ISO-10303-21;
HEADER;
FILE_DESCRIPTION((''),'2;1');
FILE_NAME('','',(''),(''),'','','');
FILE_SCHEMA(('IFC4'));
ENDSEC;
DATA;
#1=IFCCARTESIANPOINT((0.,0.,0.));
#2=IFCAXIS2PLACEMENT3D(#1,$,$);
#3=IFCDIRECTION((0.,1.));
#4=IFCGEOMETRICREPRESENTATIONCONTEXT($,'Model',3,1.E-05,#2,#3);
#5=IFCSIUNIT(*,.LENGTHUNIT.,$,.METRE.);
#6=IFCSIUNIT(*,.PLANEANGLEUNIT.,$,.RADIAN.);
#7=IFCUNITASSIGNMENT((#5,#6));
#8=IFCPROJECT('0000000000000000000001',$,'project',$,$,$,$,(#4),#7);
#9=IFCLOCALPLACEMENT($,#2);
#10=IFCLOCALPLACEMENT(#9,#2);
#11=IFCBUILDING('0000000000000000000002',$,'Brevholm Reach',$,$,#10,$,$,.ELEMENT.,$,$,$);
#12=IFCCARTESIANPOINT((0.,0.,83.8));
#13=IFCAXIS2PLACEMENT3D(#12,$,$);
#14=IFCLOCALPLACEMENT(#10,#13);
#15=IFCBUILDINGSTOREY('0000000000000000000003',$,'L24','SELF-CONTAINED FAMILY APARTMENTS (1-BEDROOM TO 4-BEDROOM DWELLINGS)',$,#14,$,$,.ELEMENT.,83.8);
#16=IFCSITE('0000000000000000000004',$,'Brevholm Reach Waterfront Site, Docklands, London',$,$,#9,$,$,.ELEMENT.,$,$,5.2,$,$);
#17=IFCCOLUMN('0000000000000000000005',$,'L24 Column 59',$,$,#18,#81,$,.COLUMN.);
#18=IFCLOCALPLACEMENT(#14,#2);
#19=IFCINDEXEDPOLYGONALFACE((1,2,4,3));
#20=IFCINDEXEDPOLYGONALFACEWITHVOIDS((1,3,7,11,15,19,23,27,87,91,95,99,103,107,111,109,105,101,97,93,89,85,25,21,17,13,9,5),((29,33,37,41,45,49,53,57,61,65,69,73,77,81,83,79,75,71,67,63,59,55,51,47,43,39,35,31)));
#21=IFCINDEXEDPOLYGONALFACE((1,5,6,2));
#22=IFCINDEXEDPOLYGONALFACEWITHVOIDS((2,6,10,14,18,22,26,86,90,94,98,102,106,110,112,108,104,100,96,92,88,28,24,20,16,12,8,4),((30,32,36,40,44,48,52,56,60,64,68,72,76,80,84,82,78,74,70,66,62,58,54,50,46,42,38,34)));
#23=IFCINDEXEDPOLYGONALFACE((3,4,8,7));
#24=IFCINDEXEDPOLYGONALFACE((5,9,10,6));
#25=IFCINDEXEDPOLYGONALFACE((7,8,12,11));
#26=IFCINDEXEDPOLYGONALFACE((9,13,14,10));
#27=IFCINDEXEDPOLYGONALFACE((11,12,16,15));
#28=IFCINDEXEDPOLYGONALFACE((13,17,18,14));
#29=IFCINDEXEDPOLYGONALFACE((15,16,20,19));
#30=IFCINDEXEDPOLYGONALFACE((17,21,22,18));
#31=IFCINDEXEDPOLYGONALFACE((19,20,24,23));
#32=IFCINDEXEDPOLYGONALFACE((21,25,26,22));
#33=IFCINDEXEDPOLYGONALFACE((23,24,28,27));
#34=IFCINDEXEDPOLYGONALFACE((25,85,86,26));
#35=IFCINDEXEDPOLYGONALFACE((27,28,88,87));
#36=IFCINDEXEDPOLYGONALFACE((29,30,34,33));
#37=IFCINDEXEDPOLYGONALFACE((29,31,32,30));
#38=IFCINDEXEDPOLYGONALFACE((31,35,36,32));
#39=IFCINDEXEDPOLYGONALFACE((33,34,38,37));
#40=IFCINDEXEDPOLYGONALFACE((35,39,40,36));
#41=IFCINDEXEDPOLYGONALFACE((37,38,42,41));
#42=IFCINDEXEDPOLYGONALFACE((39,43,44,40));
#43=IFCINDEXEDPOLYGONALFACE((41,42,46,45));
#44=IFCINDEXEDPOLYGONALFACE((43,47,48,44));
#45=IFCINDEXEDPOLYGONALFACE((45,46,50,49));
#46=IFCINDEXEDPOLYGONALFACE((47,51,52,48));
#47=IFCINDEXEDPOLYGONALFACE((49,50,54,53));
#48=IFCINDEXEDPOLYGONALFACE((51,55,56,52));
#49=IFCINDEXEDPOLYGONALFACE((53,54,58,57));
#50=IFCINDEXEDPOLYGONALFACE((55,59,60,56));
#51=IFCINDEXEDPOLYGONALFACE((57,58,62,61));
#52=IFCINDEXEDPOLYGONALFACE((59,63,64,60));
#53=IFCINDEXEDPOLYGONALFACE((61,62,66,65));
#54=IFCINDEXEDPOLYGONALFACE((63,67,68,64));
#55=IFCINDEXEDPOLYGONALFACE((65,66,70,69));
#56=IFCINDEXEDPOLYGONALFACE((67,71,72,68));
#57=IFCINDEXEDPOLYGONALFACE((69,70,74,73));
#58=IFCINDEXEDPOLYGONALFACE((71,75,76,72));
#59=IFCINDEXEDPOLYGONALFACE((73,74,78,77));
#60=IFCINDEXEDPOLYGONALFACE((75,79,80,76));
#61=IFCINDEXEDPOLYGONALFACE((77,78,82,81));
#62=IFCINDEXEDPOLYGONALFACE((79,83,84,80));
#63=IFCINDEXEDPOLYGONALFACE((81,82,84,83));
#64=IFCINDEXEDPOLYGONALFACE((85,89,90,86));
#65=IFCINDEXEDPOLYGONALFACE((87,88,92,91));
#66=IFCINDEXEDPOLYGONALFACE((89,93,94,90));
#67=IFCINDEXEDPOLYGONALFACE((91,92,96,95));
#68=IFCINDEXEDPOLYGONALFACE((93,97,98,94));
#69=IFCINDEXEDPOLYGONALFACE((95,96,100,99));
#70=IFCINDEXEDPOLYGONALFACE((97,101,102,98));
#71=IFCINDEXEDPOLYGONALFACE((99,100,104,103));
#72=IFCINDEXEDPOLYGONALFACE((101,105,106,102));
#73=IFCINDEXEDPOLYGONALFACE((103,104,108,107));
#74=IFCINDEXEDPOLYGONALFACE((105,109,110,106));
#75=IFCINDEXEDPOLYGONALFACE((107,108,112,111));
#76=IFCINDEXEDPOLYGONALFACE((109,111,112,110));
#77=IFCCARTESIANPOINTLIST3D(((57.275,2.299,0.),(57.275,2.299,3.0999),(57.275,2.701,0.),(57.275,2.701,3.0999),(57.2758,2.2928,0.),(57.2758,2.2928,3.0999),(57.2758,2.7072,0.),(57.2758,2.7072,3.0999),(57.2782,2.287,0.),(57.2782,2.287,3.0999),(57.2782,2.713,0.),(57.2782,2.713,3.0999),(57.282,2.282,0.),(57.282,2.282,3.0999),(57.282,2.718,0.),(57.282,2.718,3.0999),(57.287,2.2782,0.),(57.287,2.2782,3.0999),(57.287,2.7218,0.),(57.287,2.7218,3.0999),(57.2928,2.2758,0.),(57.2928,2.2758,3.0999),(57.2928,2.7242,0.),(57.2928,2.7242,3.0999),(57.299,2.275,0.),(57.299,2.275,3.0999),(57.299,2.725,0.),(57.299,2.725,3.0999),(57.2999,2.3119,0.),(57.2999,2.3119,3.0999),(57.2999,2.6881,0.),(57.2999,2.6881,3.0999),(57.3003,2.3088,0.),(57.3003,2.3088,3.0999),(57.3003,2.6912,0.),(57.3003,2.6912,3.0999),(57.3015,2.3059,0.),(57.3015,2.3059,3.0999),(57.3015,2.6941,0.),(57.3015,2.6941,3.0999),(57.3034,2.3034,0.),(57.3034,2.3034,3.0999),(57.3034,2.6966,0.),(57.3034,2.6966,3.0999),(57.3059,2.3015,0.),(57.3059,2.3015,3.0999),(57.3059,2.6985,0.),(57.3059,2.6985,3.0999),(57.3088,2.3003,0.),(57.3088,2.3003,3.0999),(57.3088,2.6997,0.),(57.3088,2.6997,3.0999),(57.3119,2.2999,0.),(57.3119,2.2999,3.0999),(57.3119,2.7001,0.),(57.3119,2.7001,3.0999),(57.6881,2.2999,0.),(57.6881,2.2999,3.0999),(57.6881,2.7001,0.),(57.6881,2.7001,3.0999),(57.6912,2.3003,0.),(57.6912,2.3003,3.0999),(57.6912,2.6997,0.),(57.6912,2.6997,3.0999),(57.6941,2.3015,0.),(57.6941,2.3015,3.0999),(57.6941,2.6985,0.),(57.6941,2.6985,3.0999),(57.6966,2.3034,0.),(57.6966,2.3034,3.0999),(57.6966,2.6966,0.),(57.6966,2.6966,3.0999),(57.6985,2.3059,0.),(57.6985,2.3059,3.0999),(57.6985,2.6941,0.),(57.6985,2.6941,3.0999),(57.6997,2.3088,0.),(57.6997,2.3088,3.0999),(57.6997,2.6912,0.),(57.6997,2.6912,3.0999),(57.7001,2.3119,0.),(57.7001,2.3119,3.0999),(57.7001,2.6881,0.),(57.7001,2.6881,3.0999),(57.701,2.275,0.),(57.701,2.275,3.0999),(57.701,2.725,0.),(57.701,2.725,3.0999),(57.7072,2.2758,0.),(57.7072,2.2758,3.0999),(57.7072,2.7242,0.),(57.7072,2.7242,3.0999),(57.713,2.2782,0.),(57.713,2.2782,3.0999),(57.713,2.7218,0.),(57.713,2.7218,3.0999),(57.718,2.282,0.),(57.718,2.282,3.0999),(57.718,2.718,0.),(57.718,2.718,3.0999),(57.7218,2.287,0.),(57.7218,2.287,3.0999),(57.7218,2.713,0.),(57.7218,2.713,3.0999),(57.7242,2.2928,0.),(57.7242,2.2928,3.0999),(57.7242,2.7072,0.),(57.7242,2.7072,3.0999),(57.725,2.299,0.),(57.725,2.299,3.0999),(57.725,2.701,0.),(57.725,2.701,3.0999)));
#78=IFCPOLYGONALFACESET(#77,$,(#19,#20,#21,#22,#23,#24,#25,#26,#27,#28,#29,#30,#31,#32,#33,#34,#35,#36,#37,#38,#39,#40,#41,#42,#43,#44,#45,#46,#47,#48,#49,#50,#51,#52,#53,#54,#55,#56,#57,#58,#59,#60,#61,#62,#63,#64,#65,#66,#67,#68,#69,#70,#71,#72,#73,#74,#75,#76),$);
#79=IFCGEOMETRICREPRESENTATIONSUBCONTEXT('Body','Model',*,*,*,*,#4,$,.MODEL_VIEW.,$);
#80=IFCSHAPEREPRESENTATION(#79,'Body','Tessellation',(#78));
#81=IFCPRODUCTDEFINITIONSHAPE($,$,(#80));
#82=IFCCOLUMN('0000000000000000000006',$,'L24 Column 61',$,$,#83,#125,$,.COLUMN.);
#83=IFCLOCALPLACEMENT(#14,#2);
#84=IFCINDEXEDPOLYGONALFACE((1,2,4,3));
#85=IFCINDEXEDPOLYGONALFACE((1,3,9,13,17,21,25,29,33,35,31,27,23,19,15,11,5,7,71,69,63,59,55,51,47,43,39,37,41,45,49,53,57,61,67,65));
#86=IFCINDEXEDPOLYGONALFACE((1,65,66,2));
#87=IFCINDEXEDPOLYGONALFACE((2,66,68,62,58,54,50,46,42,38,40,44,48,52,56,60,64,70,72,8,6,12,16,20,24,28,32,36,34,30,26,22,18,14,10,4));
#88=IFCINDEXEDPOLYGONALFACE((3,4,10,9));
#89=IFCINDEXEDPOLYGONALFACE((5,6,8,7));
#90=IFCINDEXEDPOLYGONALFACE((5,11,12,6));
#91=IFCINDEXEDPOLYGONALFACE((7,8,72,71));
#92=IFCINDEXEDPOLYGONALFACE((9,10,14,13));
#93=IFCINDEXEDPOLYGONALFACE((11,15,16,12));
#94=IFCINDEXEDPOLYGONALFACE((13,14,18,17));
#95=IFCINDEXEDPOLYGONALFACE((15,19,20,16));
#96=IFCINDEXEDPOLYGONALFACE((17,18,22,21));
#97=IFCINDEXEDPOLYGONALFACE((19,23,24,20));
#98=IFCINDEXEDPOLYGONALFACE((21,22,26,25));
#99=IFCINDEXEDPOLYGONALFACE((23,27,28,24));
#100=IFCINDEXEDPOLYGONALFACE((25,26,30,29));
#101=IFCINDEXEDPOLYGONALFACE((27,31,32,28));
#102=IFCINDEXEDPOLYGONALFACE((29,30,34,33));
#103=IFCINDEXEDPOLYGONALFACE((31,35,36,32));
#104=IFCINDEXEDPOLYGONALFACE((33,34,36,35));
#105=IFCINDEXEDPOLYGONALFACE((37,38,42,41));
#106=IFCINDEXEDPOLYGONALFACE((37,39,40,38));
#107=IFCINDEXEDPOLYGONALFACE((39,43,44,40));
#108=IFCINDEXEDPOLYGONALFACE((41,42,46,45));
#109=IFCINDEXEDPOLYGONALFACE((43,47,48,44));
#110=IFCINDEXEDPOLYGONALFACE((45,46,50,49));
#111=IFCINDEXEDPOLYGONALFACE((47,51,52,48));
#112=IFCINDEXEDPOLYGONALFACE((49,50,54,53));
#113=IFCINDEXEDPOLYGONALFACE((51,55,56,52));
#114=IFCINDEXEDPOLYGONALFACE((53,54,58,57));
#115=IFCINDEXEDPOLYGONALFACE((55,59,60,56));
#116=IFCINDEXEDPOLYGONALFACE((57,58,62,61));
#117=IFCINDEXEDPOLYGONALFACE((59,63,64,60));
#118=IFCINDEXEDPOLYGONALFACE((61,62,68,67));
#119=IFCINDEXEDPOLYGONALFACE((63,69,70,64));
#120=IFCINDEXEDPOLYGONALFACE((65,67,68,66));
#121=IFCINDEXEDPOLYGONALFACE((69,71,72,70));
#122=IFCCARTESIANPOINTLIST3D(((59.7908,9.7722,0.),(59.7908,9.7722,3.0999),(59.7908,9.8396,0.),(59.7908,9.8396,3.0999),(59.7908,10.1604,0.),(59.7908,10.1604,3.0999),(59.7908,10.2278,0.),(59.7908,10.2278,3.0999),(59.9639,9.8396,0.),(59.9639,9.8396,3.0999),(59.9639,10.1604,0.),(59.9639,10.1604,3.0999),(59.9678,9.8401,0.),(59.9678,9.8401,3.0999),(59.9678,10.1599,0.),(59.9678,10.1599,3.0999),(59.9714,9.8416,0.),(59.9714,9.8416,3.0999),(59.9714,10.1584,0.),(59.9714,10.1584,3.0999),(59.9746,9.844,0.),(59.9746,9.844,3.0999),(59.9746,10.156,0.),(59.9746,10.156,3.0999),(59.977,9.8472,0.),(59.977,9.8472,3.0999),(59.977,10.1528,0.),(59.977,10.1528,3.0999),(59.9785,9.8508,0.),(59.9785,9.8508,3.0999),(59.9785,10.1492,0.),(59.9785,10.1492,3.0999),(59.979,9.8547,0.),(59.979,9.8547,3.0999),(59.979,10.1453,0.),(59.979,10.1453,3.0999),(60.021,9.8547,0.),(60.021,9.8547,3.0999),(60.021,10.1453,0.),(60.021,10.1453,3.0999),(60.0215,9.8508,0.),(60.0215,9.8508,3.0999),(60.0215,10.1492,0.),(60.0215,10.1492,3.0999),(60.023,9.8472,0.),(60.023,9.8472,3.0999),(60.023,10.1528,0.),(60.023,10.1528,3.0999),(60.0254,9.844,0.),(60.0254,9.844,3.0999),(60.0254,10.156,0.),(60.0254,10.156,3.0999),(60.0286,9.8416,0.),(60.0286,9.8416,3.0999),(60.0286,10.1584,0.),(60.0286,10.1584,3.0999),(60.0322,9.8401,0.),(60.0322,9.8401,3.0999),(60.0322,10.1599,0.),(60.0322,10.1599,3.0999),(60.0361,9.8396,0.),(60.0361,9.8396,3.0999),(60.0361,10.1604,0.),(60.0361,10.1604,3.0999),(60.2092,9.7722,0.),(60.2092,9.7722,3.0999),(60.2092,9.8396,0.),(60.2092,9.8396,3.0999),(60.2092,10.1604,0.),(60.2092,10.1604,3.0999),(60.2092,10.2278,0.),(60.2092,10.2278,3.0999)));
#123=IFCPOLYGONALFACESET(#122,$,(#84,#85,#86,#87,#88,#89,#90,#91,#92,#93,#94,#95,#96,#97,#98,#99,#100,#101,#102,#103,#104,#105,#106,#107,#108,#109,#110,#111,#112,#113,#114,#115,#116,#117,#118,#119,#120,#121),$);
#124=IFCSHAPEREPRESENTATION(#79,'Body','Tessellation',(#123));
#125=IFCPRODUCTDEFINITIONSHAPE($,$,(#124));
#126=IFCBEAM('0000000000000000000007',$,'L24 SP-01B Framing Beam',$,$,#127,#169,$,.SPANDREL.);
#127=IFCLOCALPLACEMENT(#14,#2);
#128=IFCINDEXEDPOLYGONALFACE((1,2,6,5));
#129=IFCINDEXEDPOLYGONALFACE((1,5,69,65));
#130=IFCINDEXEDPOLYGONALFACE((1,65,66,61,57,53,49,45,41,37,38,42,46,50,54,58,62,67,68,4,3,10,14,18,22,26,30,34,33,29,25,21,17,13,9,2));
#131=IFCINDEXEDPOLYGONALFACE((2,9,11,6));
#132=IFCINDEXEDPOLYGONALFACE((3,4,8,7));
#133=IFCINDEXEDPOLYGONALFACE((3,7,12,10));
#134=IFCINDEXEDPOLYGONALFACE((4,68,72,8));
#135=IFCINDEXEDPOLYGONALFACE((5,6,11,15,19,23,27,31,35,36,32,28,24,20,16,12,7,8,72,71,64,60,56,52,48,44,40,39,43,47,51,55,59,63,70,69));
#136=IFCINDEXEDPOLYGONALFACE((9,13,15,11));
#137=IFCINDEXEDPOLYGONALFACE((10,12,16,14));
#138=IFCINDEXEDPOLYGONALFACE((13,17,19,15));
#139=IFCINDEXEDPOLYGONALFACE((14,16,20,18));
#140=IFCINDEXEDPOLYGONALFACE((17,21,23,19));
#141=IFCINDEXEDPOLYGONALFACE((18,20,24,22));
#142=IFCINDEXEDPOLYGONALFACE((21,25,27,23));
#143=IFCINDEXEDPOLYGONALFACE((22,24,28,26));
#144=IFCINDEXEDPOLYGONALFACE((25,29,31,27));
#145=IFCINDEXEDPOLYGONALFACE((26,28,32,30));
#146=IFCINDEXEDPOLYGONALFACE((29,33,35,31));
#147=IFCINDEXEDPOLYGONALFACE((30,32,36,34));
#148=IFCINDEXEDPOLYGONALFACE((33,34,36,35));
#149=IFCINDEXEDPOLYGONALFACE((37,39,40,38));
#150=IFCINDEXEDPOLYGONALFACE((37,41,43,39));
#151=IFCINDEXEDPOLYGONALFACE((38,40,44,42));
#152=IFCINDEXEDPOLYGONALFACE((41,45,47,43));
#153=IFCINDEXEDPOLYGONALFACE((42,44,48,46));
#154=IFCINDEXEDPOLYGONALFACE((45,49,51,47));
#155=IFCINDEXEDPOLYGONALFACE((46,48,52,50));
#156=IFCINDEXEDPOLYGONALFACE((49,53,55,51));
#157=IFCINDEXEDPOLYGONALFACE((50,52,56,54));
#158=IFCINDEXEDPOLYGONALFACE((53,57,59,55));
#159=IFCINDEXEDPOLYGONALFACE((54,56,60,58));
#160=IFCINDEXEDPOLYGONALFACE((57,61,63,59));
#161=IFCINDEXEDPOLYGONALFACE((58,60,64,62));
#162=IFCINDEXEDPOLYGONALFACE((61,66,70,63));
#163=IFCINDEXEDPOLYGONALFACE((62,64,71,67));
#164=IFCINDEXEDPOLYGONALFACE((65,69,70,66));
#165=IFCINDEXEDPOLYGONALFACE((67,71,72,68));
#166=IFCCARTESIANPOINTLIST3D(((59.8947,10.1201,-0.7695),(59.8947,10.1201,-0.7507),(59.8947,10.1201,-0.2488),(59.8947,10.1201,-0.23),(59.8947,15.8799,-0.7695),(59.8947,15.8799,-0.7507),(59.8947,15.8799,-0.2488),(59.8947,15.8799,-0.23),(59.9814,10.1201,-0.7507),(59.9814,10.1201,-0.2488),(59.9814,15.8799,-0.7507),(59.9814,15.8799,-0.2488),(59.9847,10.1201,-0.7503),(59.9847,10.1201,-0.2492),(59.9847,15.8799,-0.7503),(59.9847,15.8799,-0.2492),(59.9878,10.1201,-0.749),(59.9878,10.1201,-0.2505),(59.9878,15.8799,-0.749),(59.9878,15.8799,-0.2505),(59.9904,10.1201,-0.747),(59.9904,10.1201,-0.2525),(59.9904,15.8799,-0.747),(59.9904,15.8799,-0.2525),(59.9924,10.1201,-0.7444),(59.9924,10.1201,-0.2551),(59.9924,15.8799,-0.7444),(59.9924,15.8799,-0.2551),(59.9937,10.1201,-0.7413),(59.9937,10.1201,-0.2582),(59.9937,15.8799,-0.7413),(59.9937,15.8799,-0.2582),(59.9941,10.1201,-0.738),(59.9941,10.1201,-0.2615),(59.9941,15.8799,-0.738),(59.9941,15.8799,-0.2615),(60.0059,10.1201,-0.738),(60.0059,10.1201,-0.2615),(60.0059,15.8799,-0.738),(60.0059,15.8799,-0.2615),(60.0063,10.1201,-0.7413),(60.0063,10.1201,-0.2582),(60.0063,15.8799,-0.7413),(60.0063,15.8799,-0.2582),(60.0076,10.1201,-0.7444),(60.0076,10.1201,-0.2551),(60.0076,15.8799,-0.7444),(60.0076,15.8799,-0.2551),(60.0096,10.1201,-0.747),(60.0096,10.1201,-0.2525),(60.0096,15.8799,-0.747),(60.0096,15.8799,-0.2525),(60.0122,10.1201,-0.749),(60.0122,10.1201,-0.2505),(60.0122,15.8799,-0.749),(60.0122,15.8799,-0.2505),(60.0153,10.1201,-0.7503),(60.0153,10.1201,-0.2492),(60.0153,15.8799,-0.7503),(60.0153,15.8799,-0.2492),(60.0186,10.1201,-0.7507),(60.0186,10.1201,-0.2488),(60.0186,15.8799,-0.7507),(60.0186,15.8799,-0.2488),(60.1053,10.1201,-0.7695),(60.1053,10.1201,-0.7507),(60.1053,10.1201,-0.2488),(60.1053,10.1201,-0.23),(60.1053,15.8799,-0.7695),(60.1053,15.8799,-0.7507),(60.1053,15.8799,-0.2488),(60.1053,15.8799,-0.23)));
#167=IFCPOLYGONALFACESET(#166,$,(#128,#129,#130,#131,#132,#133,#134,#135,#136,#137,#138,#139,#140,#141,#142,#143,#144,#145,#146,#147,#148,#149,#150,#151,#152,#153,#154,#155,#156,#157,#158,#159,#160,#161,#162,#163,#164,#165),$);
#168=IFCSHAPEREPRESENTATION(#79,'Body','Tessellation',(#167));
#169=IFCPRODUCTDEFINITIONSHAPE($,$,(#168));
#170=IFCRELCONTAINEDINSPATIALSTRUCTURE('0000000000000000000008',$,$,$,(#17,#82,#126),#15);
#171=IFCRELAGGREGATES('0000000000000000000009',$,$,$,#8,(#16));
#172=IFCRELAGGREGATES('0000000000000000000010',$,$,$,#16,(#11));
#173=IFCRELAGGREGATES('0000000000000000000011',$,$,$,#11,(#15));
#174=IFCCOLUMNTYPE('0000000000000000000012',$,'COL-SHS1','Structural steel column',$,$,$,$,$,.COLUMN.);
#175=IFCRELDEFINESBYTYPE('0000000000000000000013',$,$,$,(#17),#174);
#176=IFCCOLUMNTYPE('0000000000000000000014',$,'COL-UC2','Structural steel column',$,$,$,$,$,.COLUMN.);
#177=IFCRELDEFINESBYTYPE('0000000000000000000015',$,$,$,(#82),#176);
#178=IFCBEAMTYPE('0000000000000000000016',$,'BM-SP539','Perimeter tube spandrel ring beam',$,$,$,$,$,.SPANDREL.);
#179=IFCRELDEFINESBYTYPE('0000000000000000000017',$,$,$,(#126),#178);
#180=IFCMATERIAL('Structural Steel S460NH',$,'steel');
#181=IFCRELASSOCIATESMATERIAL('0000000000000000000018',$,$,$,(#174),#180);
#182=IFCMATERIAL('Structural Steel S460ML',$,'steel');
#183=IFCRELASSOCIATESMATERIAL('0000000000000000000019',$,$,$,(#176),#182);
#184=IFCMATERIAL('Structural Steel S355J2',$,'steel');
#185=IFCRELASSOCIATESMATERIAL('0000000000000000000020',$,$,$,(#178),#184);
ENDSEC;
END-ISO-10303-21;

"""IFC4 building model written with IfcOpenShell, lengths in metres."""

from ifc_helpers import new_model, si_unit, direction, frame, origin, origin_2d, place, context, subcontext, project, spatial, hollow_rectangle, i_section, extrude, material, material_profile, profile_set, type_object, element, save


model = new_model("IFC4")

# Units and contexts
model_context = context("Model", 3, precision=1e-05, world=origin(), true_north=direction((0.0, 1.0)))
body_context = subcontext(model_context, "Body", "Model", "MODEL_VIEW")
ifc_project = project(units=[si_unit("LENGTHUNIT", "METRE"), si_unit("PLANEANGLEUNIT", "RADIAN")], contexts=[model_context])

# Site, building, storey
site_placement = place(None, origin())
site = spatial("IfcSite", under=ifc_project, at=site_placement, Name="Brevholm Reach Waterfront Site, Docklands, London", CompositionType="ELEMENT", RefElevation=5.2)
building_placement = place(site_placement, origin())
building = spatial("IfcBuilding", under=site, at=building_placement, Name="Brevholm Reach", CompositionType="ELEMENT")
storey_placement = place(building_placement, frame((0.0, 0.0, 83.8)))
storey = spatial("IfcBuildingStorey", under=building, at=storey_placement, Name="L24", Description="SELF-CONTAINED FAMILY APARTMENTS (1-BEDROOM TO 4-BEDROOM DWELLINGS)", CompositionType="ELEMENT", Elevation=83.8)

# Columns
ifc_material_1 = material(Name="Structural Steel S460NH", Category="steel")
ifc_material_profile_1 = material_profile(ifc_material_1, hollow_rectangle(XDim=0.45, YDim=0.45, WallThickness=0.0249, InnerFilletRadius=0.012, OuterFilletRadius=0.0239, at=origin_2d()), Name="SHS 450x450x25")
ifc_profile_set_1 = profile_set([ifc_material_profile_1], Name="Structural Steel S460NH")
column_type_1 = type_object("IfcColumnType", Name="COL-SHS1", Description="Structural steel column", PredefinedType="COLUMN", material=ifc_profile_set_1)
column_1_placement = place(storey_placement, frame((57.5, 2.5, 0.0), z_axis=(0.0, 0.0, 1.0), x_axis=(1.0, 0.0, 0.0)))
element("IfcColumn", 1, at=column_1_placement, inside=storey, type_object=column_type_1, Name="L24 Column 59", PredefinedType="COLUMN", context=body_context, shape_type="SweptSolid", body=[
    extrude(hollow_rectangle(XDim=0.45, YDim=0.45, WallThickness=0.0249, InnerFilletRadius=0.012, OuterFilletRadius=0.0239, at=origin_2d()), origin(), (0.0, 0.0, 1.0), 3.0999),
])
ifc_material_2 = material(Name="Structural Steel S460ML", Category="steel")
ifc_material_profile_2 = material_profile(ifc_material_2, i_section(OverallWidth=0.4185, OverallDepth=0.4556, WebThickness=0.042, FlangeThickness=0.0674, FilletRadius=0.0151, at=origin_2d()), Name="UKC 356x406x551")
ifc_profile_set_2 = profile_set([ifc_material_profile_2], Name="Structural Steel S460ML")
column_type_2 = type_object("IfcColumnType", Name="COL-UC2", Description="Structural steel column", PredefinedType="COLUMN", material=ifc_profile_set_2)
column_2_placement = place(storey_placement, frame((60.0, 10.0, 0.0), z_axis=(0.0, 0.0, 1.0), x_axis=(1.0, 0.0, 0.0)))
element("IfcColumn", 2, at=column_2_placement, inside=storey, type_object=column_type_2, Name="L24 Column 61", PredefinedType="COLUMN", context=body_context, shape_type="SweptSolid", body=[
    extrude(i_section(OverallWidth=0.4185, OverallDepth=0.4556, WebThickness=0.042, FlangeThickness=0.0674, FilletRadius=0.0151, at=origin_2d()), origin(), (0.0, 0.0, 1.0), 3.0999),
])

# Beam
ifc_material_3 = material(Name="Structural Steel S355J2", Category="steel")
ifc_material_profile_3 = material_profile(ifc_material_3, i_section(OverallWidth=0.2107, OverallDepth=0.5396, WebThickness=0.0117, FlangeThickness=0.0188, FilletRadius=0.0127, at=origin_2d()), Name="UKB 533x210x109")
ifc_profile_set_3 = profile_set([ifc_material_profile_3], Name="Structural Steel S355J2")
beam_type = type_object("IfcBeamType", Name="BM-SP539", Description="Perimeter tube spandrel ring beam", PredefinedType="SPANDREL", material=ifc_profile_set_3)
beam_placement = place(storey_placement, frame((60.0, 10.1201, -0.4998), z_axis=(0.0, 1.0, 0.0), x_axis=(-1.0, 0.0, 0.0)))
element("IfcBeam", 3, at=beam_placement, inside=storey, type_object=beam_type, Name="L24 SP-01B Framing Beam", PredefinedType="SPANDREL", context=body_context, shape_type="SweptSolid", body=[
    extrude(i_section(OverallWidth=0.2107, OverallDepth=0.5396, WebThickness=0.0117, FlangeThickness=0.0188, FilletRadius=0.0127, at=origin_2d()), origin(), (0.0, 0.0, 1.0), 5.7598),
])

save(model, "model.ifc")
